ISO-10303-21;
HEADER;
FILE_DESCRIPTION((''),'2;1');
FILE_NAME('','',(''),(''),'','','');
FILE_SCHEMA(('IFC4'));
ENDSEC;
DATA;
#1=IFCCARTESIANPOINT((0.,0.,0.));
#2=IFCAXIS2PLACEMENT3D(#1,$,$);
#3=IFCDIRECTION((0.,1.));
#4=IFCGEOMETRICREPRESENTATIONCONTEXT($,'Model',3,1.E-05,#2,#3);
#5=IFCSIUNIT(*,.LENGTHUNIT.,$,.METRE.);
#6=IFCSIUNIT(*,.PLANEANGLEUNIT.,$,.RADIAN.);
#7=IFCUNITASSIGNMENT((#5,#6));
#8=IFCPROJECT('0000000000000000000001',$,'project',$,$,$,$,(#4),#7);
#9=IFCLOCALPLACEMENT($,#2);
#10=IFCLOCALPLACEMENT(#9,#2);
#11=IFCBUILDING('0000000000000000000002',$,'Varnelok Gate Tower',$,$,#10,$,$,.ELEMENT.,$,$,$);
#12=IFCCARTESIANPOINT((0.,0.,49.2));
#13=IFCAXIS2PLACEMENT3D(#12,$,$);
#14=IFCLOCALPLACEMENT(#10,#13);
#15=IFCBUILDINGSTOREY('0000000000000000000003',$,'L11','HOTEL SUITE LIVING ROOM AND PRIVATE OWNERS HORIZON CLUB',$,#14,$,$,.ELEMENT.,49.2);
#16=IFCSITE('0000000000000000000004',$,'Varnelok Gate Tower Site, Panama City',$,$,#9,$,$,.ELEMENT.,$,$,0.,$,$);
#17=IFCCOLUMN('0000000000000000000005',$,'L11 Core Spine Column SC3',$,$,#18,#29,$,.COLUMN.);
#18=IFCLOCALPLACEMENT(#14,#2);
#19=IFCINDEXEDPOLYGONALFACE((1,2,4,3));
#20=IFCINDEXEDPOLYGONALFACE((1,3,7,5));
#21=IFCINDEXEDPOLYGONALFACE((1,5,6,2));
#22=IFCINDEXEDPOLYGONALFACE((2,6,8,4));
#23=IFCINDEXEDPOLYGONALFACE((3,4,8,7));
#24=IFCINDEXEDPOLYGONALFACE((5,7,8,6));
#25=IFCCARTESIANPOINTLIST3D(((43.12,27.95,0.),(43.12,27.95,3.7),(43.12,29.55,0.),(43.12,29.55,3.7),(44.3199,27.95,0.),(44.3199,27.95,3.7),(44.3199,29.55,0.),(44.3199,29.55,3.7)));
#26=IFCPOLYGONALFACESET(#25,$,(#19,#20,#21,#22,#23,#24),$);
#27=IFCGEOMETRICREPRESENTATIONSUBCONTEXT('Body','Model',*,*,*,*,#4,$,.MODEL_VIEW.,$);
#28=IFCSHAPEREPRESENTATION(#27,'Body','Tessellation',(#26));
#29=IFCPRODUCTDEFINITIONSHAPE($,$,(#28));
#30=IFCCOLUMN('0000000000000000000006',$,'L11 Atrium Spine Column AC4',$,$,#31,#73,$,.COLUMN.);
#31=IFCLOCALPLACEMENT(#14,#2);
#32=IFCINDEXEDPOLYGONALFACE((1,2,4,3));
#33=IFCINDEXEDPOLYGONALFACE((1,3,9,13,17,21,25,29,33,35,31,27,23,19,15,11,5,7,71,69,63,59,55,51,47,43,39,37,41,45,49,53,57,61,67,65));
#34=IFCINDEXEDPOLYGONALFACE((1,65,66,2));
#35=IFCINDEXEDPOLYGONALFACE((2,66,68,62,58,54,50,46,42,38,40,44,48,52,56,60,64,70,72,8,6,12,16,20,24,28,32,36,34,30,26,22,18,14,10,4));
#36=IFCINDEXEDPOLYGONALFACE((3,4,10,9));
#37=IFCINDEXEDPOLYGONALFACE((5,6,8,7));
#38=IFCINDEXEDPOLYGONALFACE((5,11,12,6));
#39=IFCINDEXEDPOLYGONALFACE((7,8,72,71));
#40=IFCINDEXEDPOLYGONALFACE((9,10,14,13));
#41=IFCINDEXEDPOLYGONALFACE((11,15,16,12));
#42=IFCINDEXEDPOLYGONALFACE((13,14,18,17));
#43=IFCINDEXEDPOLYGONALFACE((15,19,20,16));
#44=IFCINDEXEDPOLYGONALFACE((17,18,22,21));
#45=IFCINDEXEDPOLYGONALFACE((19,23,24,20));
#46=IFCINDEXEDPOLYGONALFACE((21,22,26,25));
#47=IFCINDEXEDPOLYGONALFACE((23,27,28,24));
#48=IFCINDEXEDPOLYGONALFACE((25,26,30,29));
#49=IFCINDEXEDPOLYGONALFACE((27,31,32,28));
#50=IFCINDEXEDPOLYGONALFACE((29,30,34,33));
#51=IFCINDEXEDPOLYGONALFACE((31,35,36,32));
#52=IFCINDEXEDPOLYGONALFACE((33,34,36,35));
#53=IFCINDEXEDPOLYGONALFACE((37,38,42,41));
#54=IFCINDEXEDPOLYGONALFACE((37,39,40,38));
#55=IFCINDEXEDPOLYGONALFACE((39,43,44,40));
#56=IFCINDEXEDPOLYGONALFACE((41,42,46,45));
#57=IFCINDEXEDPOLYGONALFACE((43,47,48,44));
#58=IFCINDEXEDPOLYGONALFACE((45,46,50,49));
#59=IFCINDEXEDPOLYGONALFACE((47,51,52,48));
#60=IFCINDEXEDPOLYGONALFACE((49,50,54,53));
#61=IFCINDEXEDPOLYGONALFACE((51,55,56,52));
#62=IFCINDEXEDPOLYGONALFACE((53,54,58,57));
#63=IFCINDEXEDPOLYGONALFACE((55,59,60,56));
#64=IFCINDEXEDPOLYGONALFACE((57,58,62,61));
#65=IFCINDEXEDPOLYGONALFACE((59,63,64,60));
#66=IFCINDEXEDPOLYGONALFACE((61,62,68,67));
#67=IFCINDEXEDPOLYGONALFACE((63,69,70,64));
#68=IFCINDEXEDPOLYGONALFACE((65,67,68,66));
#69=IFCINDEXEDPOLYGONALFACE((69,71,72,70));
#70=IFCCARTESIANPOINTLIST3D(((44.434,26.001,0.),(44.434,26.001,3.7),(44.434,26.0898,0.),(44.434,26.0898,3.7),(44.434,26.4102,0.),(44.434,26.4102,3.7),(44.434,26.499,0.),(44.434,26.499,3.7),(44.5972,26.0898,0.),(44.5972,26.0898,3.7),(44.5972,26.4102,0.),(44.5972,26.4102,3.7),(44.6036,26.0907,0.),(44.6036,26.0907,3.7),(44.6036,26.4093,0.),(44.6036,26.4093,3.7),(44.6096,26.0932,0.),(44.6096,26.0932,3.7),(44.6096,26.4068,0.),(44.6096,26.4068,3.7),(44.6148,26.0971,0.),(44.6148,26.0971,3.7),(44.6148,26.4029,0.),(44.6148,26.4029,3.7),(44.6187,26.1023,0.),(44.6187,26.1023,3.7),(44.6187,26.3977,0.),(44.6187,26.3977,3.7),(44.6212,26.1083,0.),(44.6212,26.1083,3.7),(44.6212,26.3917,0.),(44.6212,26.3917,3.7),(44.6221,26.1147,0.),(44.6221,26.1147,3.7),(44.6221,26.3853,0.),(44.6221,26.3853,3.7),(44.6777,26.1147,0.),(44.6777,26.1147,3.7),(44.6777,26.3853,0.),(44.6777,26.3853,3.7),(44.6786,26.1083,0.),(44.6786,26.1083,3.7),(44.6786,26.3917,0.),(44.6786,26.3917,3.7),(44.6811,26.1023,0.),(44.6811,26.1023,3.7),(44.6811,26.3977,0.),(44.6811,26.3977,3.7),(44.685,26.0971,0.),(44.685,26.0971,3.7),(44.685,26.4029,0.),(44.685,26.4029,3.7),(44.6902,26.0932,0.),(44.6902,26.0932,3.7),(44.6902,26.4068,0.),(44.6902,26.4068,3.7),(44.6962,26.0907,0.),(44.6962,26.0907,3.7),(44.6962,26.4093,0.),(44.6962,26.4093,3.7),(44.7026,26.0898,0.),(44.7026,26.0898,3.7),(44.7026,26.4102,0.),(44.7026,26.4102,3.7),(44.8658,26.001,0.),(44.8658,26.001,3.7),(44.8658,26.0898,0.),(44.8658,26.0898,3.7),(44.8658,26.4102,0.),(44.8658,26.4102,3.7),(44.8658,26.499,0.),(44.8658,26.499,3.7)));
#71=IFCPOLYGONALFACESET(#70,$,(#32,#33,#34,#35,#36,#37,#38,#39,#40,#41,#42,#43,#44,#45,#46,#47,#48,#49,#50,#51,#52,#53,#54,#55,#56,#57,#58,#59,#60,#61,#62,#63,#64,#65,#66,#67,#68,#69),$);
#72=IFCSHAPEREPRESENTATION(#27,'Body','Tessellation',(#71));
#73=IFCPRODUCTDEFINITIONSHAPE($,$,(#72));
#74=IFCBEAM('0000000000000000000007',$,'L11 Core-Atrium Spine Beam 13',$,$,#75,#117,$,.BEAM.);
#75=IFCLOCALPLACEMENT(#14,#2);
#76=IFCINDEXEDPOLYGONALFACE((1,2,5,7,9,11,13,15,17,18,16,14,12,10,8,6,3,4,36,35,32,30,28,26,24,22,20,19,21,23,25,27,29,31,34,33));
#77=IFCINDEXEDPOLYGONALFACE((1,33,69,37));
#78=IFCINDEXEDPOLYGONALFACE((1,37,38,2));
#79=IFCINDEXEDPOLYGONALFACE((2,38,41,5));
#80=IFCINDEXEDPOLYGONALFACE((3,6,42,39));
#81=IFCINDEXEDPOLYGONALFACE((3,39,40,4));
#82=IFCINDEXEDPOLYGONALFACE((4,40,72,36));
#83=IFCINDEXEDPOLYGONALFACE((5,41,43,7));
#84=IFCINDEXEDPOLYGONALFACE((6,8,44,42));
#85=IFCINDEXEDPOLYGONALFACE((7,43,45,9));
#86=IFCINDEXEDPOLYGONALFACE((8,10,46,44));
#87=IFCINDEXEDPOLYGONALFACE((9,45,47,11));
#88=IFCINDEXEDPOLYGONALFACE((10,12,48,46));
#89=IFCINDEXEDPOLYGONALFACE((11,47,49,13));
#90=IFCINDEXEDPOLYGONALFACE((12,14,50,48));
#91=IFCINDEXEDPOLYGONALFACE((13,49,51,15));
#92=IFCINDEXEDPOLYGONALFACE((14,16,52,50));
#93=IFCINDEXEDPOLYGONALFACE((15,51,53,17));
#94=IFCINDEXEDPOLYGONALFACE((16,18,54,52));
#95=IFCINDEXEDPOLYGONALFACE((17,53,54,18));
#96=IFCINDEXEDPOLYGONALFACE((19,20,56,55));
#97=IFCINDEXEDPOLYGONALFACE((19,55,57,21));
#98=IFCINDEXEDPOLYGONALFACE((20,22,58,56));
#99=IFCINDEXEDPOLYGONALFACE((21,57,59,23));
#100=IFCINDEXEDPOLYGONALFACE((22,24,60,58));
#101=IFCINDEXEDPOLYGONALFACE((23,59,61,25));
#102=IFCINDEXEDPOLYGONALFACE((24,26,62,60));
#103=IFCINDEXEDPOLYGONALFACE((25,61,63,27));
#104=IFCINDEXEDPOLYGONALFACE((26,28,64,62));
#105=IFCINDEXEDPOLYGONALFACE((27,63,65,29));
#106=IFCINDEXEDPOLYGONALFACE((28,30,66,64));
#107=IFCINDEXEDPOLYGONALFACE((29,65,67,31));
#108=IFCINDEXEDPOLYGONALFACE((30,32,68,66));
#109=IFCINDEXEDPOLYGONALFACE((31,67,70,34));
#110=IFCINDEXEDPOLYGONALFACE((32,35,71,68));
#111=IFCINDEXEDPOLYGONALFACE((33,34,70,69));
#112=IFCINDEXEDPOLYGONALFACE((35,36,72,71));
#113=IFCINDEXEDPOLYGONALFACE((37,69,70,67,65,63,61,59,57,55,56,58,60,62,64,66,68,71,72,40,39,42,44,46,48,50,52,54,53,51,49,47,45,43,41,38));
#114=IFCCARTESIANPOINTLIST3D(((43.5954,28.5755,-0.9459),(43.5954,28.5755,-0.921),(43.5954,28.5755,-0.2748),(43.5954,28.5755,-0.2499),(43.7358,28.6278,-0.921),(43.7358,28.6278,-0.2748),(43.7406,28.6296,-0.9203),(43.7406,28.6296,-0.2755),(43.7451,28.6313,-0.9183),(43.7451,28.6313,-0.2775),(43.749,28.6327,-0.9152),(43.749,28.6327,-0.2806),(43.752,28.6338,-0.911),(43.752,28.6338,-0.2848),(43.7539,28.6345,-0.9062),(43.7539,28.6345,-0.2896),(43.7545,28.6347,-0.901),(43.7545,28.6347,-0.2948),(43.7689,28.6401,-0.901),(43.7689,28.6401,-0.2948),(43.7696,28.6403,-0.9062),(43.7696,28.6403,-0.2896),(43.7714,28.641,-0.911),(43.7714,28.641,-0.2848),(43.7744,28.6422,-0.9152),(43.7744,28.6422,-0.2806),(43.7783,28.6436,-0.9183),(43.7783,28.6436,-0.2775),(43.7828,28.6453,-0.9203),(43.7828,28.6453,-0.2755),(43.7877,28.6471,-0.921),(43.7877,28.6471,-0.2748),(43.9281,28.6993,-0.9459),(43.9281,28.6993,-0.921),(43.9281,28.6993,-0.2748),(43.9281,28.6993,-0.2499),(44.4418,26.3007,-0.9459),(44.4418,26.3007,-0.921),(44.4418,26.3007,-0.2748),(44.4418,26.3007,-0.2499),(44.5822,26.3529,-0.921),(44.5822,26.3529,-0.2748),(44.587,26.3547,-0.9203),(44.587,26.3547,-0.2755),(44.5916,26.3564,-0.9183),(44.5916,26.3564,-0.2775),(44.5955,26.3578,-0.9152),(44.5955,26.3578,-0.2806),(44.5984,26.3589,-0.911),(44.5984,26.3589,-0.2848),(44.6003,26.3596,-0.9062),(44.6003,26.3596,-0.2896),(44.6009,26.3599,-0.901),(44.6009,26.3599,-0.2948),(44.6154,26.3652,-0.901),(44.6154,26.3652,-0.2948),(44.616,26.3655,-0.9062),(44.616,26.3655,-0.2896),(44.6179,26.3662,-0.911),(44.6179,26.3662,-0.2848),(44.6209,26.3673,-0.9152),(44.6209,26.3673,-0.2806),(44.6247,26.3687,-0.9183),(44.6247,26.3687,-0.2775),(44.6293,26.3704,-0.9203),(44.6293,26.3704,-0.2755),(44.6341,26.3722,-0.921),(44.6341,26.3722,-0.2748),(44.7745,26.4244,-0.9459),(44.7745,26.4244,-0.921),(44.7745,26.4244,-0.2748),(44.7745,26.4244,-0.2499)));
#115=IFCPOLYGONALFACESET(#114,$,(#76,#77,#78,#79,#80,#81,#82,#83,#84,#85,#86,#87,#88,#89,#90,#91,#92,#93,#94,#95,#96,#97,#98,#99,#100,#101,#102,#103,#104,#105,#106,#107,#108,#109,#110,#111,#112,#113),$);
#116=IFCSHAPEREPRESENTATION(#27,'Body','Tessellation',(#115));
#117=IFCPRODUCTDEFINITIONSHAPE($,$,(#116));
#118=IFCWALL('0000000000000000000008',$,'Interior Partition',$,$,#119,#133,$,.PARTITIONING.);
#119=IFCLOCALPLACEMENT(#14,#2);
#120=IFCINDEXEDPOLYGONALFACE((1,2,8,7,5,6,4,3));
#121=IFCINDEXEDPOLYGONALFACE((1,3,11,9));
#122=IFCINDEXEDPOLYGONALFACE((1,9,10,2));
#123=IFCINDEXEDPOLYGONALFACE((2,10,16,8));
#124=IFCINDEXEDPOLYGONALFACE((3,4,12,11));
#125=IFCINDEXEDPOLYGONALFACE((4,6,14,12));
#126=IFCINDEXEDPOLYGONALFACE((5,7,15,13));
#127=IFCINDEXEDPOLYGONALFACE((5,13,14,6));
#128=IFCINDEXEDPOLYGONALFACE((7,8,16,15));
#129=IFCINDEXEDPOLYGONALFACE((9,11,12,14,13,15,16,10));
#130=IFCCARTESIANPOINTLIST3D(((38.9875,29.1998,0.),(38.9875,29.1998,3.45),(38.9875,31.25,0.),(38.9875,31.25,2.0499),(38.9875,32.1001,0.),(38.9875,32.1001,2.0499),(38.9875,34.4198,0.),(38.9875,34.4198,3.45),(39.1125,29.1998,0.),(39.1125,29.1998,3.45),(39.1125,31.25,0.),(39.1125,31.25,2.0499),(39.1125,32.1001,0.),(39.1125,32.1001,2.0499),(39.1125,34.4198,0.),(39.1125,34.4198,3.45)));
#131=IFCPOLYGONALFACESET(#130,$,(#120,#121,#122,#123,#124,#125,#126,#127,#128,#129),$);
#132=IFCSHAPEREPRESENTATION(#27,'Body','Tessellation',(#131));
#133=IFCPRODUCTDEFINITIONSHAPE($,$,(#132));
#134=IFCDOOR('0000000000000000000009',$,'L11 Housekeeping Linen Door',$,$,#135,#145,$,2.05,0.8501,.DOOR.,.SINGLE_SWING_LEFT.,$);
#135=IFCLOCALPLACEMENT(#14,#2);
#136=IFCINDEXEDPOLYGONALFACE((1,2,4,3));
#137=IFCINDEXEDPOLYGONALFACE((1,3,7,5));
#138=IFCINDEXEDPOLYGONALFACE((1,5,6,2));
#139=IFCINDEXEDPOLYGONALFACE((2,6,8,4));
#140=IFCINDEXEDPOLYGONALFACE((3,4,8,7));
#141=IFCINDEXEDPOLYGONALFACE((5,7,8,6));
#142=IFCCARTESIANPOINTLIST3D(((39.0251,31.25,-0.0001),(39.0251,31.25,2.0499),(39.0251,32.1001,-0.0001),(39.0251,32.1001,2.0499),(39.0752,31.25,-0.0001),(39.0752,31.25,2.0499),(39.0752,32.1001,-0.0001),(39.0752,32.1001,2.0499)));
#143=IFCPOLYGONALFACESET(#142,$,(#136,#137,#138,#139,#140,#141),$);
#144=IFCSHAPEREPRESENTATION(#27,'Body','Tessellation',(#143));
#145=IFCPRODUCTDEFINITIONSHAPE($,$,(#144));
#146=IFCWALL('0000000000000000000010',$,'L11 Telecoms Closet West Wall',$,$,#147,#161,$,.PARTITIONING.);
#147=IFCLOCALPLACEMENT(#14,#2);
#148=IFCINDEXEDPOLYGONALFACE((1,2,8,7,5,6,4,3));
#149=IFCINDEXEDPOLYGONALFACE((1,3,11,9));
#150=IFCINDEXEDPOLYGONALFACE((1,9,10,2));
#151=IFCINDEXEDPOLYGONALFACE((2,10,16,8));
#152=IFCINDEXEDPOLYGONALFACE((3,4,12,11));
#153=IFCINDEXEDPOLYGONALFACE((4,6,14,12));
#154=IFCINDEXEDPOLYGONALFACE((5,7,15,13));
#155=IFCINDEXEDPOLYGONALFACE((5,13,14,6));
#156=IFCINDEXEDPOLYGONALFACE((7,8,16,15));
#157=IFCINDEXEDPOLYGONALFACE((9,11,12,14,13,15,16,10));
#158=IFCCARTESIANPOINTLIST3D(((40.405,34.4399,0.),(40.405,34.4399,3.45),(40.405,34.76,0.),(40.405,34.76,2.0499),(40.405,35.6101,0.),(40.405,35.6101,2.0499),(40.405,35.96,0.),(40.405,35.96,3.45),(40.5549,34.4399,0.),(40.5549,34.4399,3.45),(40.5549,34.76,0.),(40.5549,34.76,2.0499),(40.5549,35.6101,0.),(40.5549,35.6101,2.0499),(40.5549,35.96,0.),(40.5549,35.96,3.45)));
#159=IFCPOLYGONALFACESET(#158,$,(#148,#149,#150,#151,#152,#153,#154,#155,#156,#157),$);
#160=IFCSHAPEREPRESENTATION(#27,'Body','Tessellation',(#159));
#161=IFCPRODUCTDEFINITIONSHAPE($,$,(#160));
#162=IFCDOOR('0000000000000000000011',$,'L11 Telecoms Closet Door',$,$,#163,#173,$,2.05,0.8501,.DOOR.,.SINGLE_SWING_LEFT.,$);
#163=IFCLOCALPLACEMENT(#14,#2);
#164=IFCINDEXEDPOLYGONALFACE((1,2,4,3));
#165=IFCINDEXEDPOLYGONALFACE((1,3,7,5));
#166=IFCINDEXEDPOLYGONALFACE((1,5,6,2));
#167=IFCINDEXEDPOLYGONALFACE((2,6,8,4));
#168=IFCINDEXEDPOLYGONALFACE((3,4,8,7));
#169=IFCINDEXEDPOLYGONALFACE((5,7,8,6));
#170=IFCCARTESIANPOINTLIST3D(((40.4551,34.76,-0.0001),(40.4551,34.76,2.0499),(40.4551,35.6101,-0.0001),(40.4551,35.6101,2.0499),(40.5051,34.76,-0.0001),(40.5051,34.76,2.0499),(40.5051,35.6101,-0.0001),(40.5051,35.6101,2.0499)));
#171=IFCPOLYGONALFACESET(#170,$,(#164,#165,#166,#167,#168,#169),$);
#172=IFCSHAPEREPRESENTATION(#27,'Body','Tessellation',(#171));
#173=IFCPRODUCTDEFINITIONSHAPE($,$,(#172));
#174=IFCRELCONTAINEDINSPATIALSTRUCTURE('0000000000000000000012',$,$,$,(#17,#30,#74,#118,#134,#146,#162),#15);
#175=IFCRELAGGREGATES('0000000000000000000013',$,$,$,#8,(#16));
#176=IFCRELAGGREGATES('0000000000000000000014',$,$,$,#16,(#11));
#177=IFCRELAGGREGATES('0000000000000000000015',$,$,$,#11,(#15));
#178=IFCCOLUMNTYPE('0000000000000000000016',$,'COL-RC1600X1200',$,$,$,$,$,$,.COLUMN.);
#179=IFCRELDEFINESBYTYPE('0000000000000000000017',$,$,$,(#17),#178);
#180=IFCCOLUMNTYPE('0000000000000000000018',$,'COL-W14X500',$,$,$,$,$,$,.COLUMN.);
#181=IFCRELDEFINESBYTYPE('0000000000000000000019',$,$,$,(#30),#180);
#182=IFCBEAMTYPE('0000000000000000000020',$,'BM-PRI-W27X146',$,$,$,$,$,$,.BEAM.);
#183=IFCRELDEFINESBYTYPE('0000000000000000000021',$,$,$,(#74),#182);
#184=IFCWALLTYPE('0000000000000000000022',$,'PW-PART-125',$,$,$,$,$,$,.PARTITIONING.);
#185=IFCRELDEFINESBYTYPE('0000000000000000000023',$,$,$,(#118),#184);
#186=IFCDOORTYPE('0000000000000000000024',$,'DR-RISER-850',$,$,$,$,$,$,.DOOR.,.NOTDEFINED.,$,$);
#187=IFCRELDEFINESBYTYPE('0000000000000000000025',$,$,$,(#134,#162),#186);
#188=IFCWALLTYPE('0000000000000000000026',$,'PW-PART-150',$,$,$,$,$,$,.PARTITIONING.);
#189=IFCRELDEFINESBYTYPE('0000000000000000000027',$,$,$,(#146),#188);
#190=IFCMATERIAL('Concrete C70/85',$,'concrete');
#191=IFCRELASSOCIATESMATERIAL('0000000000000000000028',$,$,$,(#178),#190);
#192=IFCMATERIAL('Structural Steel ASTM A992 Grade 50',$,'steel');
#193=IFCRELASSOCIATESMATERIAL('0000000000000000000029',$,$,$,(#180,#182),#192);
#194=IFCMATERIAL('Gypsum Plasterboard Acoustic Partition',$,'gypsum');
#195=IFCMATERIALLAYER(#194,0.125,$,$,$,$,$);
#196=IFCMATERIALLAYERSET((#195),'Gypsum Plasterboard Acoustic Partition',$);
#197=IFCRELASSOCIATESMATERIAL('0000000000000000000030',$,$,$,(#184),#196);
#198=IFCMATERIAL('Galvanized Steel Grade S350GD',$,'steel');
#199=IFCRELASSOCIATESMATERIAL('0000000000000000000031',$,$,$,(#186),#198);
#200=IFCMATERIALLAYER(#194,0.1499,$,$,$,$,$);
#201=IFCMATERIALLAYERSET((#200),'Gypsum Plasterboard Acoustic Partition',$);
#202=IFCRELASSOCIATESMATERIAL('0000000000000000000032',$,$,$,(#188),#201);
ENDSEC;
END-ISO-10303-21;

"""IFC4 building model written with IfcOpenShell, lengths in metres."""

from ifc_helpers import new_model, si_unit, direction, frame, frame_2d, origin, origin_2d, place, context, subcontext, project, spatial, rectangle, i_section, extrude, material, layer, layer_set, material_profile, profile_set, type_object, element, fill, save


model = new_model("IFC4")

# Units and contexts
model_context = context("Model", 3, precision=1e-05, world=origin(), true_north=direction((0.0, 1.0)))
body_context = subcontext(model_context, "Body", "Model", "MODEL_VIEW")
ifc_project = project(units=[si_unit("LENGTHUNIT", "METRE"), si_unit("PLANEANGLEUNIT", "RADIAN")], contexts=[model_context])

# Site, building, storey
site_placement = place(None, origin())
site = spatial("IfcSite", under=ifc_project, at=site_placement, Name="Varnelok Gate Tower Site, Panama City", CompositionType="ELEMENT", RefElevation=0.0)
building_placement = place(site_placement, origin())
building = spatial("IfcBuilding", under=site, at=building_placement, Name="Varnelok Gate Tower", CompositionType="ELEMENT")
storey_placement = place(building_placement, frame((0.0, 0.0, 49.2)))
storey = spatial("IfcBuildingStorey", under=building, at=storey_placement, Name="L11", Description="HOTEL SUITE LIVING ROOM AND PRIVATE OWNERS HORIZON CLUB", CompositionType="ELEMENT", Elevation=49.2)

# Columns
ifc_material_1 = material(Name="Concrete C70/85", Category="concrete")
ifc_material_profile_1 = material_profile(ifc_material_1, rectangle(XDim=1.2, YDim=1.6001, at=origin_2d()), Name="RC1600X1200")
ifc_profile_set_1 = profile_set([ifc_material_profile_1], Name="Concrete C70/85")
column_type_1 = type_object("IfcColumnType", Name="COL-RC1600X1200", PredefinedType="COLUMN", material=ifc_profile_set_1)
column_1_placement = place(storey_placement, frame((43.72, 28.75, 0.0), z_axis=(0.0, 0.0, 1.0), x_axis=(1.0, 0.0, 0.0)))
element("IfcColumn", 1, at=column_1_placement, inside=storey, type_object=column_type_1, Name="L11 Core Spine Column SC3", PredefinedType="COLUMN", context=body_context, shape_type="SweptSolid", body=[
    extrude(rectangle(XDim=1.2, YDim=1.6001, at=origin_2d()), origin(), (0.0, 0.0, 1.0), 3.7),
])
ifc_material_2 = material(Name="Structural Steel ASTM A992 Grade 50", Category="steel")
ifc_material_profile_2 = material_profile(ifc_material_2, i_section(OverallWidth=0.4319, OverallDepth=0.498, WebThickness=0.0557, FlangeThickness=0.0889, FilletRadius=0.0249, at=origin_2d()), Name="W14X500")
ifc_profile_set_2 = profile_set([ifc_material_profile_2], Name="Structural Steel ASTM A992 Grade 50")
column_type_2 = type_object("IfcColumnType", Name="COL-W14X500", PredefinedType="COLUMN", material=ifc_profile_set_2)
column_2_placement = place(storey_placement, frame((44.6499, 26.25, 0.0), z_axis=(0.0, 0.0, 1.0), x_axis=(1.0, 0.0, 0.0)))
element("IfcColumn", 2, at=column_2_placement, inside=storey, type_object=column_type_2, Name="L11 Atrium Spine Column AC4", PredefinedType="COLUMN", context=body_context, shape_type="SweptSolid", body=[
    extrude(i_section(OverallWidth=0.4319, OverallDepth=0.498, WebThickness=0.0557, FlangeThickness=0.0889, FilletRadius=0.0249, at=origin_2d()), origin(), (0.0, 0.0, 1.0), 3.7),
])

# Beam
ifc_material_profile_3 = material_profile(ifc_material_2, i_section(OverallWidth=0.355, OverallDepth=0.696, WebThickness=0.0154, FlangeThickness=0.0249, FilletRadius=0.02, at=origin_2d()), Name="W27X146")
ifc_profile_set_3 = profile_set([ifc_material_profile_3], Name="Structural Steel ASTM A992 Grade 50")
beam_type = type_object("IfcBeamType", Name="BM-PRI-W27X146", PredefinedType="BEAM", material=ifc_profile_set_3)
beam_placement = place(storey_placement, frame((44.6082, 26.3625, -0.5979), z_axis=(-0.348719, 0.937227, 0.0), x_axis=(-0.937227, -0.348719, 0.0)))
element("IfcBeam", 3, at=beam_placement, inside=storey, type_object=beam_type, Name="L11 Core-Atrium Spine Beam 13", PredefinedType="BEAM", context=body_context, shape_type="SweptSolid", body=[
    extrude(i_section(OverallWidth=0.355, OverallDepth=0.696, WebThickness=0.0154, FlangeThickness=0.0249, FilletRadius=0.02, at=origin_2d()), origin(), (0.0, 0.0, 1.0), 2.4272),
])

# Walls, openings, doors
ifc_material_3 = material(Name="Gypsum Plasterboard Acoustic Partition", Category="gypsum")
ifc_layer_1 = layer(ifc_material_3, 0.125)
ifc_layer_set_1 = layer_set([ifc_layer_1], Name="Gypsum Plasterboard Acoustic Partition")
wall_type_1 = type_object("IfcWallType", Name="PW-PART-125", PredefinedType="PARTITIONING", material=ifc_layer_set_1)
wall_1_placement = place(storey_placement, frame((39.05, 29.2, 0.0), z_axis=(0.0, 0.0, 1.0), x_axis=(0.0, 1.0, 0.0)))
wall_1 = element("IfcWall", 4, at=wall_1_placement, inside=storey, type_object=wall_type_1, Name="Interior Partition", PredefinedType="PARTITIONING", context=body_context, shape_type="SweptSolid", body=[
    extrude(rectangle(XDim=5.22, YDim=0.125, at=frame_2d((2.6099, 0.0))), origin(), (0.0, 0.0, 1.0), 3.45),
])
opening_1_placement = place(wall_1_placement, frame((2.05, 0.0, 0.0)))
opening_1 = element("IfcOpeningElement", 5, at=opening_1_placement, cuts=wall_1, PredefinedType="OPENING", context=body_context, shape_type="SweptSolid", body=[
    extrude(rectangle(XDim=0.8501, YDim=2.05, at=frame_2d((0.425, 1.0249))), frame((0.0, 0.0725, 0.0), z_axis=(0.0, -1.0, 0.0), x_axis=(1.0, 0.0, 0.0)), (0.0, 0.0, 1.0), 0.145),
])
ifc_material_4 = material(Name="Galvanized Steel Grade S350GD", Category="steel")
door_type_1 = type_object("IfcDoorType", Name="DR-RISER-850", OperationType="NOTDEFINED", PredefinedType="DOOR", material=ifc_material_4)
door_1_placement = place(opening_1_placement, origin())
door_1 = element("IfcDoor", 6, at=door_1_placement, inside=storey, type_object=door_type_1, Name="L11 Housekeeping Linen Door", OperationType="SINGLE_SWING_LEFT", OverallHeight=2.05, OverallWidth=0.8501, PredefinedType="DOOR", context=body_context, shape_type="SweptSolid", body=[
    extrude(rectangle(XDim=0.8501, YDim=2.05, at=frame_2d((0.425, 1.0249))), frame((0.0, 0.0249, 0.0), z_axis=(0.0, -1.0, 0.0), x_axis=(1.0, 0.0, 0.0)), (0.0, 0.0, 1.0), 0.05),
])
fill(opening_1, door_1)
ifc_layer_2 = layer(ifc_material_3, 0.1499)
ifc_layer_set_2 = layer_set([ifc_layer_2], Name="Gypsum Plasterboard Acoustic Partition")
wall_type_2 = type_object("IfcWallType", Name="PW-PART-150", PredefinedType="PARTITIONING", material=ifc_layer_set_2)
wall_2_placement = place(storey_placement, frame((40.48, 34.4399, 0.0), z_axis=(0.0, 0.0, 1.0), x_axis=(0.0, 1.0, 0.0)))
wall_2 = element("IfcWall", 7, at=wall_2_placement, inside=storey, type_object=wall_type_2, Name="L11 Telecoms Closet West Wall", PredefinedType="PARTITIONING", context=body_context, shape_type="SweptSolid", body=[
    extrude(rectangle(XDim=1.52, YDim=0.1499, at=frame_2d((0.76, 0.0))), origin(), (0.0, 0.0, 1.0), 3.45),
])
opening_2_placement = place(wall_2_placement, frame((0.3201, 0.0, 0.0)))
opening_2 = element("IfcOpeningElement", 8, at=opening_2_placement, cuts=wall_2, PredefinedType="OPENING", context=body_context, shape_type="SweptSolid", body=[
    extrude(rectangle(XDim=0.8501, YDim=2.05, at=frame_2d((0.425, 1.0249))), frame((0.0, 0.085, 0.0), z_axis=(0.0, -1.0, 0.0), x_axis=(1.0, 0.0, 0.0)), (0.0, 0.0, 1.0), 0.1699),
])
door_2_placement = place(opening_2_placement, origin())
door_2 = element("IfcDoor", 9, at=door_2_placement, inside=storey, type_object=door_type_1, Name="L11 Telecoms Closet Door", OperationType="SINGLE_SWING_LEFT", OverallHeight=2.05, OverallWidth=0.8501, PredefinedType="DOOR", context=body_context, shape_type="SweptSolid", body=[
    extrude(rectangle(XDim=0.8501, YDim=2.05, at=frame_2d((0.425, 1.0249))), frame((0.0, 0.0249, 0.0), z_axis=(0.0, -1.0, 0.0), x_axis=(1.0, 0.0, 0.0)), (0.0, 0.0, 1.0), 0.05),
])
fill(opening_2, door_2)

save(model, "model.ifc")
